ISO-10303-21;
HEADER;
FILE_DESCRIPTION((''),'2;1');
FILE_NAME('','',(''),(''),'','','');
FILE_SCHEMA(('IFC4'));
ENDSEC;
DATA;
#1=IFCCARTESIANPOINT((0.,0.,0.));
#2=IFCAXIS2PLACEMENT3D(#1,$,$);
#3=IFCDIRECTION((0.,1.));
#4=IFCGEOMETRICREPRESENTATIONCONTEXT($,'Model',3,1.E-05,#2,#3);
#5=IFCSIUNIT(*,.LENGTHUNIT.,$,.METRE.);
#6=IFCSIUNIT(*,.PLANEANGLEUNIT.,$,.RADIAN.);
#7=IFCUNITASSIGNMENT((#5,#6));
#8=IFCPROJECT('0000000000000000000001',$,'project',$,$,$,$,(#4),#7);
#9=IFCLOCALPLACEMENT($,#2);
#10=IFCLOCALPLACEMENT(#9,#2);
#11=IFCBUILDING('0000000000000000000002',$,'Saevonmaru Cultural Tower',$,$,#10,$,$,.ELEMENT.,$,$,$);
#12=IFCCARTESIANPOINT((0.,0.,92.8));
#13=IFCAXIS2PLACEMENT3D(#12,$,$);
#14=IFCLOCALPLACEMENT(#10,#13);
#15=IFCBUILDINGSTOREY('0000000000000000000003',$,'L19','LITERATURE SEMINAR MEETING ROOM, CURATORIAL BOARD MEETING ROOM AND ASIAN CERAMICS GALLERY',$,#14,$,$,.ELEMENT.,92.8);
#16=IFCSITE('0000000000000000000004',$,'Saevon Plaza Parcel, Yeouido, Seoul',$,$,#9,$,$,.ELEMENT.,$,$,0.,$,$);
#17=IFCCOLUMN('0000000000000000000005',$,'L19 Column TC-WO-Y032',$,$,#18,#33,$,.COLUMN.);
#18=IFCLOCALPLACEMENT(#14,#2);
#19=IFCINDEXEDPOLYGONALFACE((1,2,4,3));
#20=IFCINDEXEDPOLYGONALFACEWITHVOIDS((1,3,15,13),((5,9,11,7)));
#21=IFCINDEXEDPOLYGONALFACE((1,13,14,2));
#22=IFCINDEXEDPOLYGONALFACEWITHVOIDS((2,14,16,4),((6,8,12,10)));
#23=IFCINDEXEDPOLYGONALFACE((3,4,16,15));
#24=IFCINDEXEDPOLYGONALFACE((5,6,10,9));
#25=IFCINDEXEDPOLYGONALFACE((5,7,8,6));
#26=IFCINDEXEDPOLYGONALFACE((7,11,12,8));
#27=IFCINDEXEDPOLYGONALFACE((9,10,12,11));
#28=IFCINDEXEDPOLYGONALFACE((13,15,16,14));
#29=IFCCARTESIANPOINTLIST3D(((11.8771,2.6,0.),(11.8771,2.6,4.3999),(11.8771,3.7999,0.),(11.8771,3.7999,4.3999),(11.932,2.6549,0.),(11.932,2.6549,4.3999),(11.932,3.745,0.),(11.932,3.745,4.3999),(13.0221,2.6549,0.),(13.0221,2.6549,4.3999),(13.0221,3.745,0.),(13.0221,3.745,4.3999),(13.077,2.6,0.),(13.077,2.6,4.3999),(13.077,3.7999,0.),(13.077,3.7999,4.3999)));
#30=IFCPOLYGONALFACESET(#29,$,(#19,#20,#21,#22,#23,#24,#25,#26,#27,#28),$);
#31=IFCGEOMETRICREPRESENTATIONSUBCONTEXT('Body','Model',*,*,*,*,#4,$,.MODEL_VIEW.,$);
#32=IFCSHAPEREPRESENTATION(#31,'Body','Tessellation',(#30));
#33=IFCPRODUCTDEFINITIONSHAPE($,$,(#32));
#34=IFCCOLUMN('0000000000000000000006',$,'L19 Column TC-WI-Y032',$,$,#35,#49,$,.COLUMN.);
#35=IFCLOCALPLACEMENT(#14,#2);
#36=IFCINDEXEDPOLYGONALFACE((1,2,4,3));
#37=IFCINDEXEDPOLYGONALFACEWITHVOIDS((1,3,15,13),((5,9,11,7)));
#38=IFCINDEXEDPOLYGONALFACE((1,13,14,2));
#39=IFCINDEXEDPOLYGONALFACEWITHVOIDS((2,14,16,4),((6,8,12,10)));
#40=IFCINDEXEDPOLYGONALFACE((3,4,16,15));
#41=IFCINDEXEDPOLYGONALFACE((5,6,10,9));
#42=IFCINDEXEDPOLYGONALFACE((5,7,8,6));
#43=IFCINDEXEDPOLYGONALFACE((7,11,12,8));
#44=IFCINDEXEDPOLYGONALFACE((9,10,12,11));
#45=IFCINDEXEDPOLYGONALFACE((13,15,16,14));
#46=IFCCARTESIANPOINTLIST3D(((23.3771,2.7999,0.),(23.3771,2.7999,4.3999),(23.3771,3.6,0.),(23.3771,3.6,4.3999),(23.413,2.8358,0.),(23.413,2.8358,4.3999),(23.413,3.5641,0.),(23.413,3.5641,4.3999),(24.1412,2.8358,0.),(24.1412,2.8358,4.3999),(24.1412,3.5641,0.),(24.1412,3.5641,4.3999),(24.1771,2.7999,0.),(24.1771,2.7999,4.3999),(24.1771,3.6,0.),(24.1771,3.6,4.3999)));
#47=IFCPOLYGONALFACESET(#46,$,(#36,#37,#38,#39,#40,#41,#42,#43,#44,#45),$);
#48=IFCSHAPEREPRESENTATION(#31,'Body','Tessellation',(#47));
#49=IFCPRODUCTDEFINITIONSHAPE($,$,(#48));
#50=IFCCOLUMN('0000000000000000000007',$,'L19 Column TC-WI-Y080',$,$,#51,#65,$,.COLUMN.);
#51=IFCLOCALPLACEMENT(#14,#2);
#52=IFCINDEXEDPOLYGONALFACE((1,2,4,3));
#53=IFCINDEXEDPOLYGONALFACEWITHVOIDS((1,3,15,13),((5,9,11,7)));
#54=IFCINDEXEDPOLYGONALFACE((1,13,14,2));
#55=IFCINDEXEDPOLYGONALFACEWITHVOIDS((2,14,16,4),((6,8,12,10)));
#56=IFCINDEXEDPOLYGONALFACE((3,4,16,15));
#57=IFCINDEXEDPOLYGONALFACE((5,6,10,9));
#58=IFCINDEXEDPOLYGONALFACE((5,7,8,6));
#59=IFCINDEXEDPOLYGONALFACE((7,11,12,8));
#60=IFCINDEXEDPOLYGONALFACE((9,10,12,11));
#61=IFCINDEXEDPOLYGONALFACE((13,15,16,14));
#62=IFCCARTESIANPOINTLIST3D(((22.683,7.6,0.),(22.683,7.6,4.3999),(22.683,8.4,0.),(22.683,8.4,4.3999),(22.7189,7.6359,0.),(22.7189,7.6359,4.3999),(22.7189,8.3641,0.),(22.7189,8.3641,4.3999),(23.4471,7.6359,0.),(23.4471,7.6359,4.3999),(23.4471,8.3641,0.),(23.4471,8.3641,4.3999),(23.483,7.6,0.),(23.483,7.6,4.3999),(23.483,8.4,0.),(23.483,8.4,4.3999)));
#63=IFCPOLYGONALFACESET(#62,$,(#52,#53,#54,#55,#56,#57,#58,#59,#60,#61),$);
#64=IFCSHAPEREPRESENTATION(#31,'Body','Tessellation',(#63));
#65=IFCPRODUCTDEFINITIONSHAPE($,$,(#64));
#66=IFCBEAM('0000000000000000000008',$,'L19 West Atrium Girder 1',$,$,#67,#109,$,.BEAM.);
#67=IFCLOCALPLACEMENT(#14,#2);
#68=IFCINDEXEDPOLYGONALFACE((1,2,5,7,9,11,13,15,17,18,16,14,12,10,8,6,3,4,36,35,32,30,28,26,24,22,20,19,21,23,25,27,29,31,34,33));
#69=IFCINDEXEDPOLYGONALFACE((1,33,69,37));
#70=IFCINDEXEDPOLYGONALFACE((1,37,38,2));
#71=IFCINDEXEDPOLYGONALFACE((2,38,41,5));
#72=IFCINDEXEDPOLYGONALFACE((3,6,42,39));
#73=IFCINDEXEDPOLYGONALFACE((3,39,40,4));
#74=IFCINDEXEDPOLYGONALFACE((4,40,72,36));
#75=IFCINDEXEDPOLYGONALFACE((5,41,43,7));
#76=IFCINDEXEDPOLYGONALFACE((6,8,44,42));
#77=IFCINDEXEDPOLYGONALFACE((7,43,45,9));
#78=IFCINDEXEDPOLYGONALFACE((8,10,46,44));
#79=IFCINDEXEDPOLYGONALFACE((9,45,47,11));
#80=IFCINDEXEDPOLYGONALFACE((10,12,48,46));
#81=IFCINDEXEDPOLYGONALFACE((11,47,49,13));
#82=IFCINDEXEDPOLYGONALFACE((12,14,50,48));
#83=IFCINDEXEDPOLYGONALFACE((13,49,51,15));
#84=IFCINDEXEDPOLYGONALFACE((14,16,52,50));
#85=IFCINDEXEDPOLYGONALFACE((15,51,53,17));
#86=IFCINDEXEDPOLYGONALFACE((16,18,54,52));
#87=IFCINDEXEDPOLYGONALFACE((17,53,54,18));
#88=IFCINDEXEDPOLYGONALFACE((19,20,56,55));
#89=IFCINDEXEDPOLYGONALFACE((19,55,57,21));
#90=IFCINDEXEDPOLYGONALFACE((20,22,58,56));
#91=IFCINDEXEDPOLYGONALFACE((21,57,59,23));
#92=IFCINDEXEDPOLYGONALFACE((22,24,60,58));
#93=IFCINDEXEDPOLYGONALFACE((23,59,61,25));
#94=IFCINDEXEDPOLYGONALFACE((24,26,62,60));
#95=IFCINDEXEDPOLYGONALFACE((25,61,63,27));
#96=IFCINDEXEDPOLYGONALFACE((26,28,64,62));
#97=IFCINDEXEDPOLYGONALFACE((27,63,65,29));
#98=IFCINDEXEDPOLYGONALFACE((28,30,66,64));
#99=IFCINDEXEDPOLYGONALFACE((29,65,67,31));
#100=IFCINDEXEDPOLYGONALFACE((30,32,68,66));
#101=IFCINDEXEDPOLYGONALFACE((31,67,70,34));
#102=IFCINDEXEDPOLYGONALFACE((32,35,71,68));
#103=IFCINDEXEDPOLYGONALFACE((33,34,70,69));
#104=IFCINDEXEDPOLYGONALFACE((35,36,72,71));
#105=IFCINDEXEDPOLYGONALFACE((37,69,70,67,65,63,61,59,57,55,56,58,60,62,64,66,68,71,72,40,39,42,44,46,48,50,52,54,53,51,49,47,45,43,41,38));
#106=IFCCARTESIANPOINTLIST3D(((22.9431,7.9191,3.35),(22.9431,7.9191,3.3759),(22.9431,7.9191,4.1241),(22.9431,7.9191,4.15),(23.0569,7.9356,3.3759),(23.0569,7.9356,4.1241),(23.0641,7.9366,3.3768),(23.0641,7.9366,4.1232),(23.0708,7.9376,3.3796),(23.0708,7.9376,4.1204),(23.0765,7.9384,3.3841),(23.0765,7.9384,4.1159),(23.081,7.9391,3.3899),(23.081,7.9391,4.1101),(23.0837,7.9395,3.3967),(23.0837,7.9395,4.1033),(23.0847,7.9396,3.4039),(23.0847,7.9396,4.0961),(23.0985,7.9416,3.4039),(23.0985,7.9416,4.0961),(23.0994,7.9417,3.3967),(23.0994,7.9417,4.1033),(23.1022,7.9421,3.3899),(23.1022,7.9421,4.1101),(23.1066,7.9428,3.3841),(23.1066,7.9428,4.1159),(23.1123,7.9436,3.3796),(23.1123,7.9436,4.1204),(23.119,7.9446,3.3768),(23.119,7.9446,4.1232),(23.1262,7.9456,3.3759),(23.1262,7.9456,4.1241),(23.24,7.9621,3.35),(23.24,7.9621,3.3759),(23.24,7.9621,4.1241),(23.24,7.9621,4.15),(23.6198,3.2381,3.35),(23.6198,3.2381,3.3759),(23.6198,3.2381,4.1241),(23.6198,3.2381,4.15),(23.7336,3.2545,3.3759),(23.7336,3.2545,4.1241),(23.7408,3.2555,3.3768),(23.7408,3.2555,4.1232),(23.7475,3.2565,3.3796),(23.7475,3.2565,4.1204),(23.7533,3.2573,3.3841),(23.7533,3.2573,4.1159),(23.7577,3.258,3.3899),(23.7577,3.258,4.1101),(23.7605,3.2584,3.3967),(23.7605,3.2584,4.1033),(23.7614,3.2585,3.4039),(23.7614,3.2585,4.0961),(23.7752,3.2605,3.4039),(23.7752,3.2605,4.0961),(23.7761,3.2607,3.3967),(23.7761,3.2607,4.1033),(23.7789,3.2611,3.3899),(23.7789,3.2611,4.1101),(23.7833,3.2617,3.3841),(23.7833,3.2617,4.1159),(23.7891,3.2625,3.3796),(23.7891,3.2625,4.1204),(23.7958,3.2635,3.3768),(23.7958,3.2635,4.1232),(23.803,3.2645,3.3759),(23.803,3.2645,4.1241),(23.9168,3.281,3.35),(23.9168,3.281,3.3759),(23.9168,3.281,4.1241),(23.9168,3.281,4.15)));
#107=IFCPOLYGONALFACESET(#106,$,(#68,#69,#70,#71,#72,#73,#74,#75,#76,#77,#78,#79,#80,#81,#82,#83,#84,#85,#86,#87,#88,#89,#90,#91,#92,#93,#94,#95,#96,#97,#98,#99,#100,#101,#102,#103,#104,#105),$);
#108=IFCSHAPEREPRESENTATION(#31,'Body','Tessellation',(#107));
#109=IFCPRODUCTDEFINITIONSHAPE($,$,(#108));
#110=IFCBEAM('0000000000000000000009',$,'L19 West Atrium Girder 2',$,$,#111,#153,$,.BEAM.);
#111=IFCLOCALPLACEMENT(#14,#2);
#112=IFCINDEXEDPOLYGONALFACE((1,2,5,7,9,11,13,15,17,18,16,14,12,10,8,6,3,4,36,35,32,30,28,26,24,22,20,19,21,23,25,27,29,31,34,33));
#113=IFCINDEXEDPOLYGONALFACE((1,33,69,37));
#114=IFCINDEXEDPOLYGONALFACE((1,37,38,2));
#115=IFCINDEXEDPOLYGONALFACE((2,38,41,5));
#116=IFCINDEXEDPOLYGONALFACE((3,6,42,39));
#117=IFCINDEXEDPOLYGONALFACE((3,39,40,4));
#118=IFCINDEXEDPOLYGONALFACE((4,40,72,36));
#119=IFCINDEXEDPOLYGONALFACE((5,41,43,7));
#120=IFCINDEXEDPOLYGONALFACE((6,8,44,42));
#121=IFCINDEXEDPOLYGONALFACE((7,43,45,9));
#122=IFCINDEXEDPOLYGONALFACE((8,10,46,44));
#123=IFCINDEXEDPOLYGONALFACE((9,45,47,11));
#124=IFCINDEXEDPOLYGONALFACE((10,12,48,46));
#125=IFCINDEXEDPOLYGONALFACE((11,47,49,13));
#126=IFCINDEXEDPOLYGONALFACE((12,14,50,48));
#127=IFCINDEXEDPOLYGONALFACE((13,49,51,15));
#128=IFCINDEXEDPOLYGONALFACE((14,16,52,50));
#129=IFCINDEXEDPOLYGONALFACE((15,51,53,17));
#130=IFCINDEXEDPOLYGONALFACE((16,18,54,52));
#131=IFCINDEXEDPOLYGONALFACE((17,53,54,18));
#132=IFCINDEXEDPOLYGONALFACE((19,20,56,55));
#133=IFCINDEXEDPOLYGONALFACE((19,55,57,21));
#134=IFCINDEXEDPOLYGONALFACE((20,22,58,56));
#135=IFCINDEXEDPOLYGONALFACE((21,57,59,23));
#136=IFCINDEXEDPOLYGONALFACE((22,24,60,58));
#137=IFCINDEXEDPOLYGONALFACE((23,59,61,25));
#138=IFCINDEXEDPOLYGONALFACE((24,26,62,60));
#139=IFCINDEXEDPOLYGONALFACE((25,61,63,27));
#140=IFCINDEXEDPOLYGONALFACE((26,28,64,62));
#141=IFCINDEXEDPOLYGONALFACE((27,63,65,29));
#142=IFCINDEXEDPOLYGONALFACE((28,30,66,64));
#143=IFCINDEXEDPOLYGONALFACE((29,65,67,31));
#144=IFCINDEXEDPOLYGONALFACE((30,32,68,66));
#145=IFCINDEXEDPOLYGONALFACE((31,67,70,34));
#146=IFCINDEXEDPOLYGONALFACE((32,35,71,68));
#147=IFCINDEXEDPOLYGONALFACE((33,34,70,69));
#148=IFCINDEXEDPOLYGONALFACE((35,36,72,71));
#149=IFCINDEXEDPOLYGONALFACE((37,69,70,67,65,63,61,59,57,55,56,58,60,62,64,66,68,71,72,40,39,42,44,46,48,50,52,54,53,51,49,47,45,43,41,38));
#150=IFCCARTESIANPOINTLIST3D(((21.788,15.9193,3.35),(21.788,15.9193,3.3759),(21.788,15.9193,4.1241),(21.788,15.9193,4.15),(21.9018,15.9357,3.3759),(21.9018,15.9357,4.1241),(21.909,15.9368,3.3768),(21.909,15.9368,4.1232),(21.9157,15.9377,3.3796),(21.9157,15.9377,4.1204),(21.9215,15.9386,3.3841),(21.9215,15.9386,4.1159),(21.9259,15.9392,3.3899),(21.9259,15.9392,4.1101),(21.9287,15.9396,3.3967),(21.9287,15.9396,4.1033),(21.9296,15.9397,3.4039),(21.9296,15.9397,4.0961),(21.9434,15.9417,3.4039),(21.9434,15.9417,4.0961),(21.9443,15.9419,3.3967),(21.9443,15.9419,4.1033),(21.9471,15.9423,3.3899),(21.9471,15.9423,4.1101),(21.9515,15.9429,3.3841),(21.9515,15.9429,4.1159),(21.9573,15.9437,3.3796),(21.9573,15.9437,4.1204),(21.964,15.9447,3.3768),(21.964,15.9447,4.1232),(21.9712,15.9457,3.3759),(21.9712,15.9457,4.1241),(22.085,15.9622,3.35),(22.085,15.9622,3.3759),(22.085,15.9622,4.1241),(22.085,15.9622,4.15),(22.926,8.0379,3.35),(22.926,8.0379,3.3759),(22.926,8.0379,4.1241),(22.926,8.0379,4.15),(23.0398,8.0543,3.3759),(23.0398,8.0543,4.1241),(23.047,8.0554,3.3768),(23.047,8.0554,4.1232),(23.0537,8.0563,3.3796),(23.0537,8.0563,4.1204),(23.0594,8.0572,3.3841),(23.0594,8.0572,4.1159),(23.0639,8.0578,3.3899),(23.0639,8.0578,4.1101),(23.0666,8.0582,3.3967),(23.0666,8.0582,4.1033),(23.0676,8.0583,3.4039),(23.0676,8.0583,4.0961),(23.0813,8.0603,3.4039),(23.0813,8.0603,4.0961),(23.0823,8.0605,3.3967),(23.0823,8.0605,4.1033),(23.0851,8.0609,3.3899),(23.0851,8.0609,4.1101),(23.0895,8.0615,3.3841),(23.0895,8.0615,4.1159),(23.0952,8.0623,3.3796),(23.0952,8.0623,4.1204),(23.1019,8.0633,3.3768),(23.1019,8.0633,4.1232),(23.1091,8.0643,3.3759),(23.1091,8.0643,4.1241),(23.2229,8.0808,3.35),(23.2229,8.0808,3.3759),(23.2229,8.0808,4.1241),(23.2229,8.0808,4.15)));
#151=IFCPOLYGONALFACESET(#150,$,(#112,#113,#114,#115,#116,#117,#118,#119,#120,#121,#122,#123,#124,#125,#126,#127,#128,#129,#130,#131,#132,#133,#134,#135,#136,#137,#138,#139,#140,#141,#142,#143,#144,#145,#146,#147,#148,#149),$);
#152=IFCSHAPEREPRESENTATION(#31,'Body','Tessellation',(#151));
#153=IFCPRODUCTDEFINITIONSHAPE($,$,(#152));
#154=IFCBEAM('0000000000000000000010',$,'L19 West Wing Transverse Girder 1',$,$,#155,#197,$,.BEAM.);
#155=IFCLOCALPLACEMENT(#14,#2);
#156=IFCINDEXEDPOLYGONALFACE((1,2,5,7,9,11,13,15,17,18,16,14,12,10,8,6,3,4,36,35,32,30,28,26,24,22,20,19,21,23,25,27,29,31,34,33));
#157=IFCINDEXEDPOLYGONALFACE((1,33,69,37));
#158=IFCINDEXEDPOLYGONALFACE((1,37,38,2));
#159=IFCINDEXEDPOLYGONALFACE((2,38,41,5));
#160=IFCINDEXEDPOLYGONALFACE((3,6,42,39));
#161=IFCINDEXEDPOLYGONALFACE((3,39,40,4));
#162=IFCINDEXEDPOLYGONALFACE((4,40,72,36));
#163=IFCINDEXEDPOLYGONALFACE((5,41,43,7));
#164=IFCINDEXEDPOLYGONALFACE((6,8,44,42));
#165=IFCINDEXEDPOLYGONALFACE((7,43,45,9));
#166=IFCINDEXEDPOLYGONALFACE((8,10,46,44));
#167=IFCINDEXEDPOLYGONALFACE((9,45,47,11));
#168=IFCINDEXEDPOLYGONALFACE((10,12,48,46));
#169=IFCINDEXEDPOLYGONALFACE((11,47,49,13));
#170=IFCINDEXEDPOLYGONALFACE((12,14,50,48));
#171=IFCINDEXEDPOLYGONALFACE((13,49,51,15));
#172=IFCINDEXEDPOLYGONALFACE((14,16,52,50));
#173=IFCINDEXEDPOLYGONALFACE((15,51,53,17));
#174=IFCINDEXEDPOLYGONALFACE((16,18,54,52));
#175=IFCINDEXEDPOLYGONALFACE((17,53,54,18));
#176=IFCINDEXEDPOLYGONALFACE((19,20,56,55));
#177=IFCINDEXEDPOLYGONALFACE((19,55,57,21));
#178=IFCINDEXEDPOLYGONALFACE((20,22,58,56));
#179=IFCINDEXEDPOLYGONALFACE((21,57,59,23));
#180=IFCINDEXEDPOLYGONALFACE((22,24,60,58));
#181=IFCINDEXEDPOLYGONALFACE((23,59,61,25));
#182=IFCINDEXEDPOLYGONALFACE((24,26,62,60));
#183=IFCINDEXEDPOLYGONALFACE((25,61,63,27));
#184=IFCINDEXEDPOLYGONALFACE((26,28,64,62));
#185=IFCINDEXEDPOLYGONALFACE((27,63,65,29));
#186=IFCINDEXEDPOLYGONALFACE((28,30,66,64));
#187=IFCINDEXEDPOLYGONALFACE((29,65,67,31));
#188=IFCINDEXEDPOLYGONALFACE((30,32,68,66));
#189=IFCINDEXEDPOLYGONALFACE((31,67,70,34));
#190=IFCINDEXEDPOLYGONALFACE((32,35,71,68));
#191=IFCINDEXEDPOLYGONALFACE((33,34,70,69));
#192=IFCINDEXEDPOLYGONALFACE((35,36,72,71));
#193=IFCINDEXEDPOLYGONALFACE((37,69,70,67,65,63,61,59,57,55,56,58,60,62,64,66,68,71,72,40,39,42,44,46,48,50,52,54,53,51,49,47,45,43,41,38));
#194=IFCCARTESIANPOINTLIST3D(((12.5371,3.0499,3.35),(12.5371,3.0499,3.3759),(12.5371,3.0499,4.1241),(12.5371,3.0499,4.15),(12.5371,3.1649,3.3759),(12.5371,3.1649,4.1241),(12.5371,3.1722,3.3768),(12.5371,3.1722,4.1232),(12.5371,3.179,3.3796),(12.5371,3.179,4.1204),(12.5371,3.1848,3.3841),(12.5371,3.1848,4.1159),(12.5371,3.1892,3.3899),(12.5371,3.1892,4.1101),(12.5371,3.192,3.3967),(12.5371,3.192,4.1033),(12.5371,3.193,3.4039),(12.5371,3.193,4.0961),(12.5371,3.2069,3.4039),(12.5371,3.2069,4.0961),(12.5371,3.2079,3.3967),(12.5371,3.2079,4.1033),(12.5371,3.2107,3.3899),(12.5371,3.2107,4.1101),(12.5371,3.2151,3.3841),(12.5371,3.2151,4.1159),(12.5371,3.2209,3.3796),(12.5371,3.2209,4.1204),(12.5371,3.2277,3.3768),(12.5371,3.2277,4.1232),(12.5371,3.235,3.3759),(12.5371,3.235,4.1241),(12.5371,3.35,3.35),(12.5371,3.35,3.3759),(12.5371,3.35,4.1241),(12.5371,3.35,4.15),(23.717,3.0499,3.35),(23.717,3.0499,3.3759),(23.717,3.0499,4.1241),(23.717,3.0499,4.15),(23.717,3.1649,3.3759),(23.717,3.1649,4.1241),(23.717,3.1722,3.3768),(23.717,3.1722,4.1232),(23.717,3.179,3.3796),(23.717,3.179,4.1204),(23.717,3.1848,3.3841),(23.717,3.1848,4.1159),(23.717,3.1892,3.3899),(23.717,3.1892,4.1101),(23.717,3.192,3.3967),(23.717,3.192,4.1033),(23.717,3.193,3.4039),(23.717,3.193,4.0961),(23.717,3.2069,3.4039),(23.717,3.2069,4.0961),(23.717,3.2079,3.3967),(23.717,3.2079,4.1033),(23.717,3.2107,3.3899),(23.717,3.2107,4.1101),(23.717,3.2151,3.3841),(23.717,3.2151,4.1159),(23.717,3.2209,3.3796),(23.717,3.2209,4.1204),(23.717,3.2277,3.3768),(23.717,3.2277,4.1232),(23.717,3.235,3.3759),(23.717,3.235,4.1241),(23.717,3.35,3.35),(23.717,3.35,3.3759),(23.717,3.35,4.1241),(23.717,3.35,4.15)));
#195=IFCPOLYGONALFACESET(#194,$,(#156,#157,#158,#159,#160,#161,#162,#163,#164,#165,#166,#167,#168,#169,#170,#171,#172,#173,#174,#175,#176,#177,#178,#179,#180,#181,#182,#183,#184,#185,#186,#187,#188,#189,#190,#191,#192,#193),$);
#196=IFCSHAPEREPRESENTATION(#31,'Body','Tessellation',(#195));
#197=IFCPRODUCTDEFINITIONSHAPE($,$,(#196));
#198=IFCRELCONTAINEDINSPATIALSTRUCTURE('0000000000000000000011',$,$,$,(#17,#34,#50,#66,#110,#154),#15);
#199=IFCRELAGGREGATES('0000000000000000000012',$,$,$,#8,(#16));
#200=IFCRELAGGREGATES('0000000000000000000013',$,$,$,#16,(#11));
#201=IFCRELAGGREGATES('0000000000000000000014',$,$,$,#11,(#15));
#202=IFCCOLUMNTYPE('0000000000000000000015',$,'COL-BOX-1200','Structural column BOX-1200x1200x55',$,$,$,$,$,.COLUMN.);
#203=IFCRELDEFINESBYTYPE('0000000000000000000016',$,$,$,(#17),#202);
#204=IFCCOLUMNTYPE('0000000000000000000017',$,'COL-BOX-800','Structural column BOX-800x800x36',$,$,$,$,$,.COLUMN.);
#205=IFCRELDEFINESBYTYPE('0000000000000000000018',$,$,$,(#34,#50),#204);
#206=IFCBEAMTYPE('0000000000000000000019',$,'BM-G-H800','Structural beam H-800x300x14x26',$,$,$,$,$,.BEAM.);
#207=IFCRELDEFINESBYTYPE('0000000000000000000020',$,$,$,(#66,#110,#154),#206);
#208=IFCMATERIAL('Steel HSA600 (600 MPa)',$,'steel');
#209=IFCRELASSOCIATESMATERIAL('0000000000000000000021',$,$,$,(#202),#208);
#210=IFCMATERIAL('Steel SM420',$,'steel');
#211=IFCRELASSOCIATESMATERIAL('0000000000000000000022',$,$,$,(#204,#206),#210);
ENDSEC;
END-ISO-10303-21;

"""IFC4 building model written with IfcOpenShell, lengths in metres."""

from ifc_helpers import new_model, si_unit, direction, frame, origin, origin_2d, place, context, subcontext, project, spatial, hollow_rectangle, i_section, extrude, material, material_profile, profile_set, type_object, element, save


model = new_model("IFC4")

# Units and contexts
model_context = context("Model", 3, precision=1e-05, world=origin(), true_north=direction((0.0, 1.0)))
body_context = subcontext(model_context, "Body", "Model", "MODEL_VIEW")
ifc_project = project(units=[si_unit("LENGTHUNIT", "METRE"), si_unit("PLANEANGLEUNIT", "RADIAN")], contexts=[model_context])

# Site, building, storey
site_placement = place(None, origin())
site = spatial("IfcSite", under=ifc_project, at=site_placement, Name="Saevon Plaza Parcel, Yeouido, Seoul", CompositionType="ELEMENT", RefElevation=0.0)
building_placement = place(site_placement, origin())
building = spatial("IfcBuilding", under=site, at=building_placement, Name="Saevonmaru Cultural Tower", CompositionType="ELEMENT")
storey_placement = place(building_placement, frame((0.0, 0.0, 92.8)))
storey = spatial("IfcBuildingStorey", under=building, at=storey_placement, Name="L19", Description="LITERATURE SEMINAR MEETING ROOM, CURATORIAL BOARD MEETING ROOM AND ASIAN CERAMICS GALLERY", CompositionType="ELEMENT", Elevation=92.8)

# Columns
ifc_material_1 = material(Name="Steel HSA600 (600 MPa)", Category="steel")
ifc_material_profile_1 = material_profile(ifc_material_1, hollow_rectangle(XDim=1.2, YDim=1.2, WallThickness=0.0549, at=origin_2d()), Name="BOX-1200x1200x55")
ifc_profile_set_1 = profile_set([ifc_material_profile_1], Name="Steel HSA600 (600 MPa)")
column_type_1 = type_object("IfcColumnType", Name="COL-BOX-1200", Description="Structural column BOX-1200x1200x55", PredefinedType="COLUMN", material=ifc_profile_set_1)
column_placement = place(storey_placement, frame((12.4771, 3.2, 0.0), z_axis=(0.0, 0.0, 1.0), x_axis=(1.0, 0.0, 0.0)))
element("IfcColumn", 1, at=column_placement, inside=storey, type_object=column_type_1, Name="L19 Column TC-WO-Y032", PredefinedType="COLUMN", context=body_context, shape_type="SweptSolid", body=[
    extrude(hollow_rectangle(XDim=1.2, YDim=1.2, WallThickness=0.0549, at=origin_2d()), origin(), (0.0, 0.0, 1.0), 4.3999),
])
ifc_material_2 = material(Name="Steel SM420", Category="steel")
ifc_material_profile_2 = material_profile(ifc_material_2, hollow_rectangle(XDim=0.8, YDim=0.8, WallThickness=0.0359, at=origin_2d()), Name="BOX-800x800x36")
ifc_profile_set_2 = profile_set([ifc_material_profile_2], Name="Steel SM420")
column_type_2 = type_object("IfcColumnType", Name="COL-BOX-800", Description="Structural column BOX-800x800x36", PredefinedType="COLUMN", material=ifc_profile_set_2)
for number, where, z_axis, x_axis, name in (
    (2, (23.7771, 3.2, 0.0), (0.0, 0.0, 1.0), (1.0, 0.0, 0.0), "L19 Column TC-WI-Y032"),
    (3, (23.083, 8.0, 0.0), (0.0, 0.0, 1.0), (1.0, 0.0, 0.0), "L19 Column TC-WI-Y080"),
):
    element("IfcColumn", number, at=place(storey_placement, frame(where, z_axis=z_axis, x_axis=x_axis)), inside=storey, type_object=column_type_2, Name=name, PredefinedType="COLUMN", context=body_context, shape_type="SweptSolid", body=[
        extrude(hollow_rectangle(XDim=0.8, YDim=0.8, WallThickness=0.0359, at=origin_2d()), origin(), (0.0, 0.0, 1.0), 4.3999),
    ])

# Beams
ifc_material_profile_3 = material_profile(ifc_material_2, i_section(OverallWidth=0.3, OverallDepth=0.8, WebThickness=0.0139, FlangeThickness=0.0259, FilletRadius=0.0281, at=origin_2d()), Name="H-800x300x14x26")
ifc_profile_set_3 = profile_set([ifc_material_profile_3], Name="Steel SM420")
beam_type_1 = type_object("IfcBeamType", Name="BM-G-H800", Description="Structural beam H-800x300x14x26", PredefinedType="BEAM", material=ifc_profile_set_3)
beam_1_placement = place(storey_placement, frame((23.7683, 3.2595, 3.75), z_axis=(-0.143083, 0.989711, 0.0), x_axis=(-0.989711, -0.143083, 0.0)))
element("IfcBeam", 4, at=beam_1_placement, inside=storey, type_object=beam_type_1, Name="L19 West Atrium Girder 1", PredefinedType="BEAM", context=body_context, shape_type="SweptSolid", body=[
    extrude(i_section(OverallWidth=0.3, OverallDepth=0.8, WebThickness=0.0139, FlangeThickness=0.0259, FilletRadius=0.0281, at=origin_2d()), origin(), (0.0, 0.0, 1.0), 4.7297),
])
beam_2_placement = place(storey_placement, frame((23.0745, 8.0593, 3.75), z_axis=(-0.142902, 0.989737, 0.0), x_axis=(-0.989737, -0.142902, 0.0)))
element("IfcBeam", 5, at=beam_2_placement, inside=storey, type_object=beam_type_1, Name="L19 West Atrium Girder 2", PredefinedType="BEAM", context=body_context, shape_type="SweptSolid", body=[
    extrude(i_section(OverallWidth=0.3, OverallDepth=0.8, WebThickness=0.0139, FlangeThickness=0.0259, FilletRadius=0.0281, at=origin_2d()), origin(), (0.0, 0.0, 1.0), 7.9631),
])
for number, where, z_axis, x_axis, name in (
    (6, (12.5371, 3.2, 3.75), (1.0, 0.0, 0.0), (0.0, 1.0, 0.0), "L19 West Wing Transverse Girder 1"),
):
    element("IfcBeam", number, at=place(storey_placement, frame(where, z_axis=z_axis, x_axis=x_axis)), inside=storey, type_object=beam_type_1, Name=name, PredefinedType="BEAM", context=body_context, shape_type="SweptSolid", body=[
        extrude(i_section(OverallWidth=0.3, OverallDepth=0.8, WebThickness=0.0139, FlangeThickness=0.0259, FilletRadius=0.0281, at=origin_2d()), origin(), (0.0, 0.0, 1.0), 11.1799),
    ])

save(model, "model.ifc")
